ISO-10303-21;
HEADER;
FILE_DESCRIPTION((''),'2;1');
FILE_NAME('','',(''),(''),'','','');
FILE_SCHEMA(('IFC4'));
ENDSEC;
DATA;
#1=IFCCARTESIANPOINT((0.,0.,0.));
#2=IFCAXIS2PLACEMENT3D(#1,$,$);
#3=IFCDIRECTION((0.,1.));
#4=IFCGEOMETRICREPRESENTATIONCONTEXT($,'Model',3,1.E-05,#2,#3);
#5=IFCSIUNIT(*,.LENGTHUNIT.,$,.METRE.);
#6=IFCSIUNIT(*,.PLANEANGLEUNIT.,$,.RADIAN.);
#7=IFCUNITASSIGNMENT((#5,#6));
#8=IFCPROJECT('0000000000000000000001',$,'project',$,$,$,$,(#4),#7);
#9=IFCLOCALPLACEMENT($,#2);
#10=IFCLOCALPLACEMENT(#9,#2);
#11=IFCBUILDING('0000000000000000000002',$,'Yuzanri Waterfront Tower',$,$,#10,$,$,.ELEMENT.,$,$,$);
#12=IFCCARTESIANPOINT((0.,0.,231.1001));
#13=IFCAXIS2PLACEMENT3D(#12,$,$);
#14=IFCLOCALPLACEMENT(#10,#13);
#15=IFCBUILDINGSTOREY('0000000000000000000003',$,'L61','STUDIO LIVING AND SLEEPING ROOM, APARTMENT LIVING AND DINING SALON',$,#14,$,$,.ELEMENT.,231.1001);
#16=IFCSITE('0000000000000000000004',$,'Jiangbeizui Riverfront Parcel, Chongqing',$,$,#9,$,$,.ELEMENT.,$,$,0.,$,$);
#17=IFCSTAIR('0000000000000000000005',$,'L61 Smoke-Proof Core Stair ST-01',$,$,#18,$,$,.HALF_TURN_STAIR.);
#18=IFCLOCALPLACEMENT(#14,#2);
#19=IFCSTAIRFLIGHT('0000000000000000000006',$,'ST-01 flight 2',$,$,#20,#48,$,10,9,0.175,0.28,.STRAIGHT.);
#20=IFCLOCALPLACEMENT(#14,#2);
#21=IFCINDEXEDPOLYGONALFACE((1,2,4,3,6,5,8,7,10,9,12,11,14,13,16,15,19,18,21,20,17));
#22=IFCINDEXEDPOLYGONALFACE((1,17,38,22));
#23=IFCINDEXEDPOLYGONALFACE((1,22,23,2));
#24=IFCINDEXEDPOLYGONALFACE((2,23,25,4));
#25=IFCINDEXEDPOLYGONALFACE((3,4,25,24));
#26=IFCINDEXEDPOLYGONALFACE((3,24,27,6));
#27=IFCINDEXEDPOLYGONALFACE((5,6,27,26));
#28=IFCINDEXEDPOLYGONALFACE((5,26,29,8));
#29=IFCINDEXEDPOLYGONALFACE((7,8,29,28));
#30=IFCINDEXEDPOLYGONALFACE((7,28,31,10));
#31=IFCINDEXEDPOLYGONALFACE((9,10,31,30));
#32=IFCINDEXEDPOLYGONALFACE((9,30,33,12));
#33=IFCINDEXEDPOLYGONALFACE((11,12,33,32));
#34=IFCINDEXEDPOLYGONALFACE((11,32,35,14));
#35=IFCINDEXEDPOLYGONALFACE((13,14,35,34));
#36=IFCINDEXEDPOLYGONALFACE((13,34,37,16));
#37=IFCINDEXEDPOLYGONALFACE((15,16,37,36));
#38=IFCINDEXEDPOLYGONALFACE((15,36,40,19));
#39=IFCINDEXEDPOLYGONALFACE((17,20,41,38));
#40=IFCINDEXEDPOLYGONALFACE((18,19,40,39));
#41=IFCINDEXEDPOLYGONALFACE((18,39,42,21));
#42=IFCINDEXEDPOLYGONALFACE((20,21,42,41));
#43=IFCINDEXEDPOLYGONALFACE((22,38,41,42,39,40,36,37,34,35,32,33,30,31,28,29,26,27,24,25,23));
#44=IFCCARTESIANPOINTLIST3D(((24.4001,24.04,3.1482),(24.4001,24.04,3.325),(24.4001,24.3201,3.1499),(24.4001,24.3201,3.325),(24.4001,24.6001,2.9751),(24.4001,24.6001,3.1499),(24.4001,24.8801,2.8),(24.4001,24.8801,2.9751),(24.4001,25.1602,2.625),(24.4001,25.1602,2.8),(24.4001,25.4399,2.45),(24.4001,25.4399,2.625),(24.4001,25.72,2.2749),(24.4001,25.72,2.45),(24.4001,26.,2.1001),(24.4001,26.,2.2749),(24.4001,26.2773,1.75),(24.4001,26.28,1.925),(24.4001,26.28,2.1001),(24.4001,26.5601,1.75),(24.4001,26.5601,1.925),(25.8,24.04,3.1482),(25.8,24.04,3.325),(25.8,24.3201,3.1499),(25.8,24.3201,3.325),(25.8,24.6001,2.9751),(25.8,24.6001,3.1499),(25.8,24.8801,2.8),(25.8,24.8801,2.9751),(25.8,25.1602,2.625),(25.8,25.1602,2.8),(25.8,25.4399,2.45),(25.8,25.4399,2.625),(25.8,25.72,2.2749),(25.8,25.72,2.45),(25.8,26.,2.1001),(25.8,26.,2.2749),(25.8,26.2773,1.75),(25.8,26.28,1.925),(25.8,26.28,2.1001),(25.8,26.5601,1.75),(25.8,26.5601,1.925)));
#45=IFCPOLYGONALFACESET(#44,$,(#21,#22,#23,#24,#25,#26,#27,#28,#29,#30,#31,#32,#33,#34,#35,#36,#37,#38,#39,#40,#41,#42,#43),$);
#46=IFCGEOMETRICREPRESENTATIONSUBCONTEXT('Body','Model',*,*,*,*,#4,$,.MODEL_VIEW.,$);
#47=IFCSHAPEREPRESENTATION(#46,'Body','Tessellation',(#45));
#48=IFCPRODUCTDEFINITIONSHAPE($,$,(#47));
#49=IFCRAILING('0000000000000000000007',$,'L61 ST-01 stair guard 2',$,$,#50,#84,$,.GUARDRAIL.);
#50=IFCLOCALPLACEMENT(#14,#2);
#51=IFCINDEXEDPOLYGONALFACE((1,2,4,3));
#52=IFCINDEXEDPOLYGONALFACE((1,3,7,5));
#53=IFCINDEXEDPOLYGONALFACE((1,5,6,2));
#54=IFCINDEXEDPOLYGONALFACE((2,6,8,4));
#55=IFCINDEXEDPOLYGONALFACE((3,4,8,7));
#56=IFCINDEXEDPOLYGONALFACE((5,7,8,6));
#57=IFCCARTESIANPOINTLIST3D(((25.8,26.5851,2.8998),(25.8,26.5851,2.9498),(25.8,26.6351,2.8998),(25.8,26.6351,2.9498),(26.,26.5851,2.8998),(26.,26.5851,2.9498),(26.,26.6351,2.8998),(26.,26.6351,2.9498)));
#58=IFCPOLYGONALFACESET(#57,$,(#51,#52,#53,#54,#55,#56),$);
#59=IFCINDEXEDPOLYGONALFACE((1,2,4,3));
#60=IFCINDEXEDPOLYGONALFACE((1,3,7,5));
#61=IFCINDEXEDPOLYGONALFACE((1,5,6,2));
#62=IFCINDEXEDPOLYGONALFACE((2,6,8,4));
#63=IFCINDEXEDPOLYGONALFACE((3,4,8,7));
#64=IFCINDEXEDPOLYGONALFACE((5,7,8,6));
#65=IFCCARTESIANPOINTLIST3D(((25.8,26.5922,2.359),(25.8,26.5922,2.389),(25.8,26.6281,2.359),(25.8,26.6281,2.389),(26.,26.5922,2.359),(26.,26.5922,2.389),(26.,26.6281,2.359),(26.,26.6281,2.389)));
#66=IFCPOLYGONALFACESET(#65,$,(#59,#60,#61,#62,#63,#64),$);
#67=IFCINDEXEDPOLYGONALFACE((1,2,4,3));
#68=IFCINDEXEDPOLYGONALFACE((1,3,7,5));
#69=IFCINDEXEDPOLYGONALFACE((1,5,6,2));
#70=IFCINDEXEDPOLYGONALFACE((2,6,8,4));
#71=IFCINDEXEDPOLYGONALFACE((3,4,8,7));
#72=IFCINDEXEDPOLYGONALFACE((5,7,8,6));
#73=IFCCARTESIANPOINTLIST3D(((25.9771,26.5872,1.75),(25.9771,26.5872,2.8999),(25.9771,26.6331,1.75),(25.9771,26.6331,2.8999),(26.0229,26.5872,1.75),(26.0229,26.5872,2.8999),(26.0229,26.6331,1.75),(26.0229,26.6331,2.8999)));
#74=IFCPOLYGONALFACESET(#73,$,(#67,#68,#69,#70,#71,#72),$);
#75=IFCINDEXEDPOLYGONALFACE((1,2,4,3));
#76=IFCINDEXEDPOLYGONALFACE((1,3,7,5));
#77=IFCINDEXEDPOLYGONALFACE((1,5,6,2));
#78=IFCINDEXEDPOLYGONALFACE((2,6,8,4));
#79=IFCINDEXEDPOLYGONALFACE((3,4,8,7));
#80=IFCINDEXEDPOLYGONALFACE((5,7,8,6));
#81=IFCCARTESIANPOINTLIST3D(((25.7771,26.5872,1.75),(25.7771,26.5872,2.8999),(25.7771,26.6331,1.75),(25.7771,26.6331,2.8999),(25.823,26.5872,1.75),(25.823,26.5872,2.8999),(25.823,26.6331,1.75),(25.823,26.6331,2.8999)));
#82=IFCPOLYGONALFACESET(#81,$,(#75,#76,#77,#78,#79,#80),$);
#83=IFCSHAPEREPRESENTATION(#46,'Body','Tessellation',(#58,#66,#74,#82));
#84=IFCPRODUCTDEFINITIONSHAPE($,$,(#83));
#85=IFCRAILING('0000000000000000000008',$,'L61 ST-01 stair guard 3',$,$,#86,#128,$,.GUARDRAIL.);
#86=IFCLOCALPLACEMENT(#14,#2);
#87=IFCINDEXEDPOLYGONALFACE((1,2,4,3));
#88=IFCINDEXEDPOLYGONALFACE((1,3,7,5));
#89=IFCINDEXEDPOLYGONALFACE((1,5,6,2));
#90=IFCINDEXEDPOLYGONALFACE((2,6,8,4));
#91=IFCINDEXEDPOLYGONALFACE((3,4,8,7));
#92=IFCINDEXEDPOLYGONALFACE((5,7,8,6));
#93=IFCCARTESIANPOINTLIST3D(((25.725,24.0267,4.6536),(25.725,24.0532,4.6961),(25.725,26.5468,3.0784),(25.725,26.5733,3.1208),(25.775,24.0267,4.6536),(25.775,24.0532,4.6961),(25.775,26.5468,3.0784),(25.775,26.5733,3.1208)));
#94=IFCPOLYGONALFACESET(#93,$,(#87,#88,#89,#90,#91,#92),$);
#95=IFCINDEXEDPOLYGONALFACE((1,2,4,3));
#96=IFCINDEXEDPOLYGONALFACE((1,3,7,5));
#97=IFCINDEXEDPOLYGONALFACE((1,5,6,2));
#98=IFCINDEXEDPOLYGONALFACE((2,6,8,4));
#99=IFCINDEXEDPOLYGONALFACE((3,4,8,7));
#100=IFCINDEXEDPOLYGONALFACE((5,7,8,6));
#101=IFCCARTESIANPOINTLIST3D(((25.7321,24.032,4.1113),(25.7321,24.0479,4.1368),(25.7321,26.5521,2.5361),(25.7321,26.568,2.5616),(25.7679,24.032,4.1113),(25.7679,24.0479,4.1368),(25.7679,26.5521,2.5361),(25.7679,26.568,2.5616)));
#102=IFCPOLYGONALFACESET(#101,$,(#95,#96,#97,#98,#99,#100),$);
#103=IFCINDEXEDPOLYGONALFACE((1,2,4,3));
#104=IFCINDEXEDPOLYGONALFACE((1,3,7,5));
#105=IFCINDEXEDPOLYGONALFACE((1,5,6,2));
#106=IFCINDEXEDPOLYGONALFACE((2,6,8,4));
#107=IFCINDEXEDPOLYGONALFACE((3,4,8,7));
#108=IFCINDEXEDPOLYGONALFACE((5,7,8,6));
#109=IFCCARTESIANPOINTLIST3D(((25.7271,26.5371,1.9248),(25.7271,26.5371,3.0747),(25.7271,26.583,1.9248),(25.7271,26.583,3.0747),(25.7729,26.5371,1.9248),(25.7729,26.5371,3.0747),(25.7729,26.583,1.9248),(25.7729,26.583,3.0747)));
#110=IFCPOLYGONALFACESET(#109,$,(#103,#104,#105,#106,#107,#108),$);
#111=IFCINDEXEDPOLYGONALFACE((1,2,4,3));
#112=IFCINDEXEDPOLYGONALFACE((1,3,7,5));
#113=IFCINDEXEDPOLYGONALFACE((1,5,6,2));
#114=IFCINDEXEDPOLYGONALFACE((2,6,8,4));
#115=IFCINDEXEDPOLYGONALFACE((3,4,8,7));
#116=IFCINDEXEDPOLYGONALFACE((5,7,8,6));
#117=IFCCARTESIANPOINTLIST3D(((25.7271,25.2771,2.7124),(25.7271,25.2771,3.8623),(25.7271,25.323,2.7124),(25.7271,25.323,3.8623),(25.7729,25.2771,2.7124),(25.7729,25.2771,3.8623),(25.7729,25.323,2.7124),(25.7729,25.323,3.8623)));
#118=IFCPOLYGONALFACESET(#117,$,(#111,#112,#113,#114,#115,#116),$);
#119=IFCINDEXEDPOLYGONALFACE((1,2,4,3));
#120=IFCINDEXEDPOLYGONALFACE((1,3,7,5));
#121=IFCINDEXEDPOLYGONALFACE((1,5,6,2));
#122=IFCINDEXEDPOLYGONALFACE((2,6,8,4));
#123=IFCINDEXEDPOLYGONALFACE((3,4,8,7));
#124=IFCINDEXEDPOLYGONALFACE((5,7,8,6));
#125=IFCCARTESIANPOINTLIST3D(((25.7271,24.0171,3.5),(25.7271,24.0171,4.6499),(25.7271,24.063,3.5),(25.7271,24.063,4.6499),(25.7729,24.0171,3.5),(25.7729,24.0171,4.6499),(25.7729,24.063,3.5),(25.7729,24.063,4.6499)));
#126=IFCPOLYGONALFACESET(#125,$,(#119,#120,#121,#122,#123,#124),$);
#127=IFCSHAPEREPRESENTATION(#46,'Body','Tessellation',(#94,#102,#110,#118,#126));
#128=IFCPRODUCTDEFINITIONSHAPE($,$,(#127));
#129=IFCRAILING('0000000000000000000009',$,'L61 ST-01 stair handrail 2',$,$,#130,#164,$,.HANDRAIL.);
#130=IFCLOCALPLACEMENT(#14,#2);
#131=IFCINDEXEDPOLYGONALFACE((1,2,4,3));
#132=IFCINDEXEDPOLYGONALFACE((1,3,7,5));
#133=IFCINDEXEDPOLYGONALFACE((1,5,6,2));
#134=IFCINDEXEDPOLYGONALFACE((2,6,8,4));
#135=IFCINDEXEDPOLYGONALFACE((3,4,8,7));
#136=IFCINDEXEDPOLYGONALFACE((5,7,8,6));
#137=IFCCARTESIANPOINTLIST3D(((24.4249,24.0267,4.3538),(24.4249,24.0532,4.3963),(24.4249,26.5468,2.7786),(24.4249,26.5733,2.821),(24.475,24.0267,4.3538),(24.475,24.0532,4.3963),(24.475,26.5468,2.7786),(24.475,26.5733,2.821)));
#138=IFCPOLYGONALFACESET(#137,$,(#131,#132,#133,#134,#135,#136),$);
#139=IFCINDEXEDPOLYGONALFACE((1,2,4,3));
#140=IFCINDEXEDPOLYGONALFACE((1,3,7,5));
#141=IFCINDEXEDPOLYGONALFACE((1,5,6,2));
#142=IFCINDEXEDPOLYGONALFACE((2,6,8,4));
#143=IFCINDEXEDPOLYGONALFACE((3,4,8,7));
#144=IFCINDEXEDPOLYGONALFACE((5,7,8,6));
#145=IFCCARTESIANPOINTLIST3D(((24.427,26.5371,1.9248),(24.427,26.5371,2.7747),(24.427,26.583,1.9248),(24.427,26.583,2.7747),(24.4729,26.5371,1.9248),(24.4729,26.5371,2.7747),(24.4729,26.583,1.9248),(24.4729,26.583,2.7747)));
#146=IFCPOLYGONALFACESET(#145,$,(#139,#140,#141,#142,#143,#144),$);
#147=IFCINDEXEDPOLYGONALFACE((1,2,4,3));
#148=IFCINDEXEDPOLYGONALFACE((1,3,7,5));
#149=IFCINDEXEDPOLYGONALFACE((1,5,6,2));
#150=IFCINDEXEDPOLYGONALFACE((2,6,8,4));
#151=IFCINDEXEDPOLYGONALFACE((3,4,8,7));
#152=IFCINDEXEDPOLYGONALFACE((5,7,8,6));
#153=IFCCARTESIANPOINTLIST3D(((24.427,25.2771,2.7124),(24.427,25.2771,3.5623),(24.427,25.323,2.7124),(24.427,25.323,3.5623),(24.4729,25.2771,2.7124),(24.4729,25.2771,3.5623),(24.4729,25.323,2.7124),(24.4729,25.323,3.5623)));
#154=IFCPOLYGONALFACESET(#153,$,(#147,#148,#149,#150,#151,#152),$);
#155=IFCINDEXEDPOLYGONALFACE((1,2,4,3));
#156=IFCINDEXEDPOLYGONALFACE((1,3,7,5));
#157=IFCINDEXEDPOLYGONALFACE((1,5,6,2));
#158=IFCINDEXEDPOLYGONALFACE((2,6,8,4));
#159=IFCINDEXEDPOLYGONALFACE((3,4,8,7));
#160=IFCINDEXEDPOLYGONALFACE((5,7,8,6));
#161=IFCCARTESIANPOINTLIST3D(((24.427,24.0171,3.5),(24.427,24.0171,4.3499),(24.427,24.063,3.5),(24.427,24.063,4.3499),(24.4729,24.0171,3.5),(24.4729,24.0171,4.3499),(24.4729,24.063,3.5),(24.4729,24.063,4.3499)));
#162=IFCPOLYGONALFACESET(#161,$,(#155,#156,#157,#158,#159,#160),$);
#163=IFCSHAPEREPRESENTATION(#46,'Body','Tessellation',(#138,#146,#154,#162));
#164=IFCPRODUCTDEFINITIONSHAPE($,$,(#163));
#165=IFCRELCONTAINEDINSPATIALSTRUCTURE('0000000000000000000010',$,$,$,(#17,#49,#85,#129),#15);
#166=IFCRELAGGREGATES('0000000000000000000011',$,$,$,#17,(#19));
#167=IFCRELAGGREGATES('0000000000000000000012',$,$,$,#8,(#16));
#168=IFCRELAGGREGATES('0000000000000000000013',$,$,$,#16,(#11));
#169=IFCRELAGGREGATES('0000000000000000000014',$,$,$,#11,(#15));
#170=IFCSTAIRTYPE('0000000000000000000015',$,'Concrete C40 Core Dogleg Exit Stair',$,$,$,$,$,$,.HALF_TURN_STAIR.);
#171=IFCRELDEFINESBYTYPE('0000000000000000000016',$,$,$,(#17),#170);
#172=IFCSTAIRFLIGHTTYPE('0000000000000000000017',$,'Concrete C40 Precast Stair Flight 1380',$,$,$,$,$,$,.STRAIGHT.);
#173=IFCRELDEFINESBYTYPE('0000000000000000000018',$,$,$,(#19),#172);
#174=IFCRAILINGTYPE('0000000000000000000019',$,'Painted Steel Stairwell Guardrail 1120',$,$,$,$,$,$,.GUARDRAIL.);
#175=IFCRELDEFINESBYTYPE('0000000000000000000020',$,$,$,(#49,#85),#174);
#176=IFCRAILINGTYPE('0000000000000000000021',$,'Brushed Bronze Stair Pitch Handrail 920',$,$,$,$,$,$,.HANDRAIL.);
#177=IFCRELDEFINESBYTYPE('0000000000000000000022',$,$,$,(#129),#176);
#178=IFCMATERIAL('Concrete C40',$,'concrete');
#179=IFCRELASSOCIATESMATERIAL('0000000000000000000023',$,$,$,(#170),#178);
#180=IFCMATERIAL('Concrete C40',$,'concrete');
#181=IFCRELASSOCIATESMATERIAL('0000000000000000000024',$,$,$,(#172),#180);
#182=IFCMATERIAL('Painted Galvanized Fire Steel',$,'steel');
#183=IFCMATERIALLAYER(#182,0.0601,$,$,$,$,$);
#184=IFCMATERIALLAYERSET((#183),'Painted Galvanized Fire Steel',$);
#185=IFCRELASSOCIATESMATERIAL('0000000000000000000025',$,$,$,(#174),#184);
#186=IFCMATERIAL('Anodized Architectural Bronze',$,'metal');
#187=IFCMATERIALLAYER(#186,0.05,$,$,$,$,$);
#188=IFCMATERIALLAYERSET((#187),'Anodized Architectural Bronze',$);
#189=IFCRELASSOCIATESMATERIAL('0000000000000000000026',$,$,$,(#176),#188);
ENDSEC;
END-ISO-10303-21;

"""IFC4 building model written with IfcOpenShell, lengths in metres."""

from ifc_helpers import new_model, si_unit, direction, frame, origin, origin_2d, place, context, subcontext, project, spatial, polyline, rectangle, outline, extrude, source, transform, mapped, material, layer, layer_set, type_object, element, aggregate, save


model = new_model("IFC4")

# Units and contexts
model_context = context("Model", 3, precision=1e-05, world=origin(), true_north=direction((0.0, 1.0)))
body_context = subcontext(model_context, "Body", "Model", "MODEL_VIEW")
ifc_project = project(units=[si_unit("LENGTHUNIT", "METRE"), si_unit("PLANEANGLEUNIT", "RADIAN")], contexts=[model_context])

# Site, building, storey
site_placement = place(None, origin())
site = spatial("IfcSite", under=ifc_project, at=site_placement, Name="Jiangbeizui Riverfront Parcel, Chongqing", CompositionType="ELEMENT", RefElevation=0.0)
building_placement = place(site_placement, origin())
building = spatial("IfcBuilding", under=site, at=building_placement, Name="Yuzanri Waterfront Tower", CompositionType="ELEMENT")
storey_placement = place(building_placement, frame((0.0, 0.0, 231.1001)))
storey = spatial("IfcBuildingStorey", under=building, at=storey_placement, Name="L61", Description="STUDIO LIVING AND SLEEPING ROOM, APARTMENT LIVING AND DINING SALON", CompositionType="ELEMENT", Elevation=231.1001)

# Stair, stair flight
ifc_material_1 = material(Name="Concrete C40", Category="concrete")
stair_type = type_object("IfcStairType", Name="Concrete C40 Core Dogleg Exit Stair", PredefinedType="HALF_TURN_STAIR", material=ifc_material_1)
stair_placement = place(storey_placement, origin())
stair = element("IfcStair", 1, at=stair_placement, inside=storey, type_object=stair_type, Name="L61 Smoke-Proof Core Stair ST-01", PredefinedType="HALF_TURN_STAIR")
ifc_material_2 = material(Name="Concrete C40", Category="concrete")
stair_flight_type = type_object("IfcStairFlightType", Name="Concrete C40 Precast Stair Flight 1380", PredefinedType="STRAIGHT", material=ifc_material_2)
shared_shape_1 = source(origin(), body_context, "Body", "SweptSolid", [
    extrude(outline(polyline([(0.0, 0.0), (0.0, 0.175), (0.28, 0.175), (0.28, 0.3501), (0.5601, 0.3501), (0.5601, 0.5249), (0.8401, 0.5249), (0.8401, 0.7), (1.1201, 0.7), (1.1201, 0.875), (1.3999, 0.875), (1.3999, 1.05), (1.6799, 1.05), (1.6799, 1.2251), (1.96, 1.2251), (1.96, 1.3999), (2.24, 1.3999), (2.24, 1.575), (2.52, 1.575), (2.52, 1.75), (2.52, 1.3982), (0.2827, 0.0), (0.0, 0.0)])), frame((0.0, 0.7, 0.0), z_axis=(0.0, -1.0, 0.0), x_axis=(1.0, 0.0, 0.0)), (0.0, 0.0, 1.0), 1.3999),
])
stair_flight_placement = place(storey_placement, frame((25.1001, 26.5601, 1.75), z_axis=(0.0, 0.0, 1.0), x_axis=(0.0, -1.0, 0.0)))
stair_flight = element("IfcStairFlight", 2, at=stair_flight_placement, type_object=stair_flight_type, Name="ST-01 flight 2", NumberOfRisers=10, NumberOfTreads=9, PredefinedType="STRAIGHT", RiserHeight=0.175, TreadLength=0.28, context=body_context, shape_type="MappedRepresentation", body=[
    mapped(shared_shape_1, transform((0.0, 0.0, 0.0), scale=1.0)),
])
aggregate(stair, [stair_flight])

# Railings
ifc_material_3 = material(Name="Painted Galvanized Fire Steel", Category="steel")
ifc_layer_1 = layer(ifc_material_3, 0.0601)
ifc_layer_set_1 = layer_set([ifc_layer_1], Name="Painted Galvanized Fire Steel")
railing_type_1 = type_object("IfcRailingType", Name="Painted Steel Stairwell Guardrail 1120", PredefinedType="GUARDRAIL", material=ifc_layer_set_1)
shared_shape_2 = source(origin(), body_context, "Body", "SweptSolid", [
    extrude(rectangle(XDim=0.05, YDim=0.05, at=origin_2d()), frame((0.0, 0.0, 1.1748), z_axis=(-1.0, 0.0, 0.0), x_axis=(0.0, -1.0, 0.0)), (0.0, 0.0, 1.0), 0.2),
    extrude(rectangle(XDim=0.0359, YDim=0.03, at=origin_2d()), frame((0.0, 0.0, 0.624), z_axis=(-1.0, 0.0, 0.0), x_axis=(0.0, -1.0, 0.0)), (0.0, 0.0, 1.0), 0.2),
    extrude(rectangle(XDim=0.0459, YDim=0.0459, at=origin_2d()), origin(), (0.0, 0.0, 1.0), 1.1499),
    extrude(rectangle(XDim=0.0459, YDim=0.0459, at=origin_2d()), frame((-0.2, 0.0, 0.0)), (0.0, 0.0, 1.0), 1.1499),
])
railing_1_placement = place(storey_placement, frame((26.0, 26.6101, 1.75)))
element("IfcRailing", 3, at=railing_1_placement, inside=storey, type_object=railing_type_1, Name="L61 ST-01 stair guard 2", PredefinedType="GUARDRAIL", context=body_context, shape_type="MappedRepresentation", body=[
    mapped(shared_shape_2, transform((0.0, 0.0, 0.0), scale=1.0)),
])
shared_shape_3 = source(origin(), body_context, "Body", "SweptSolid", [
    extrude(rectangle(XDim=0.05, YDim=0.05, at=origin_2d()), frame((0.0, 0.0, 1.1748), z_axis=(0.0, -0.847971, 0.530043), x_axis=(1.0, 0.0, 0.0)), (0.0, 0.0, 1.0), 2.9719),
    extrude(rectangle(XDim=0.0359, YDim=0.03, at=origin_2d()), frame((0.0, 0.0, 0.624), z_axis=(0.0, -0.847971, 0.530043), x_axis=(1.0, 0.0, 0.0)), (0.0, 0.0, 1.0), 2.9719),
    extrude(rectangle(XDim=0.0459, YDim=0.0459, at=origin_2d()), origin(), (0.0, 0.0, 1.0), 1.1499),
    extrude(rectangle(XDim=0.0459, YDim=0.0459, at=origin_2d()), frame((0.0, -1.26, 0.7876)), (0.0, 0.0, 1.0), 1.1499),
    extrude(rectangle(XDim=0.0459, YDim=0.0459, at=origin_2d()), frame((0.0, -2.52, 1.5752)), (0.0, 0.0, 1.0), 1.1499),
])
railing_2_placement = place(storey_placement, frame((25.75, 26.5601, 1.9248)))
element("IfcRailing", 4, at=railing_2_placement, inside=storey, type_object=railing_type_1, Name="L61 ST-01 stair guard 3", PredefinedType="GUARDRAIL", context=body_context, shape_type="MappedRepresentation", body=[
    mapped(shared_shape_3, transform((0.0, 0.0, 0.0), scale=1.0)),
])
ifc_material_4 = material(Name="Anodized Architectural Bronze", Category="metal")
ifc_layer_2 = layer(ifc_material_4, 0.05)
ifc_layer_set_2 = layer_set([ifc_layer_2], Name="Anodized Architectural Bronze")
railing_type_2 = type_object("IfcRailingType", Name="Brushed Bronze Stair Pitch Handrail 920", PredefinedType="HANDRAIL", material=ifc_layer_set_2)
shared_shape_4 = source(origin(), body_context, "Body", "SweptSolid", [
    extrude(rectangle(XDim=0.05, YDim=0.05, at=origin_2d()), frame((0.0, 0.0, 0.875), z_axis=(0.0, -0.847971, 0.530043), x_axis=(1.0, 0.0, 0.0)), (0.0, 0.0, 1.0), 2.9719),
    extrude(rectangle(XDim=0.0459, YDim=0.0459, at=origin_2d()), origin(), (0.0, 0.0, 1.0), 0.8499),
    extrude(rectangle(XDim=0.0459, YDim=0.0459, at=origin_2d()), frame((0.0, -1.26, 0.7876)), (0.0, 0.0, 1.0), 0.8499),
    extrude(rectangle(XDim=0.0459, YDim=0.0459, at=origin_2d()), frame((0.0, -2.52, 1.5752)), (0.0, 0.0, 1.0), 0.8499),
])
railing_3_placement = place(storey_placement, frame((24.45, 26.5601, 1.9248)))
element("IfcRailing", 5, at=railing_3_placement, inside=storey, type_object=railing_type_2, Name="L61 ST-01 stair handrail 2", PredefinedType="HANDRAIL", context=body_context, shape_type="MappedRepresentation", body=[
    mapped(shared_shape_4, transform((0.0, 0.0, 0.0), scale=1.0)),
])

save(model, "model.ifc")
